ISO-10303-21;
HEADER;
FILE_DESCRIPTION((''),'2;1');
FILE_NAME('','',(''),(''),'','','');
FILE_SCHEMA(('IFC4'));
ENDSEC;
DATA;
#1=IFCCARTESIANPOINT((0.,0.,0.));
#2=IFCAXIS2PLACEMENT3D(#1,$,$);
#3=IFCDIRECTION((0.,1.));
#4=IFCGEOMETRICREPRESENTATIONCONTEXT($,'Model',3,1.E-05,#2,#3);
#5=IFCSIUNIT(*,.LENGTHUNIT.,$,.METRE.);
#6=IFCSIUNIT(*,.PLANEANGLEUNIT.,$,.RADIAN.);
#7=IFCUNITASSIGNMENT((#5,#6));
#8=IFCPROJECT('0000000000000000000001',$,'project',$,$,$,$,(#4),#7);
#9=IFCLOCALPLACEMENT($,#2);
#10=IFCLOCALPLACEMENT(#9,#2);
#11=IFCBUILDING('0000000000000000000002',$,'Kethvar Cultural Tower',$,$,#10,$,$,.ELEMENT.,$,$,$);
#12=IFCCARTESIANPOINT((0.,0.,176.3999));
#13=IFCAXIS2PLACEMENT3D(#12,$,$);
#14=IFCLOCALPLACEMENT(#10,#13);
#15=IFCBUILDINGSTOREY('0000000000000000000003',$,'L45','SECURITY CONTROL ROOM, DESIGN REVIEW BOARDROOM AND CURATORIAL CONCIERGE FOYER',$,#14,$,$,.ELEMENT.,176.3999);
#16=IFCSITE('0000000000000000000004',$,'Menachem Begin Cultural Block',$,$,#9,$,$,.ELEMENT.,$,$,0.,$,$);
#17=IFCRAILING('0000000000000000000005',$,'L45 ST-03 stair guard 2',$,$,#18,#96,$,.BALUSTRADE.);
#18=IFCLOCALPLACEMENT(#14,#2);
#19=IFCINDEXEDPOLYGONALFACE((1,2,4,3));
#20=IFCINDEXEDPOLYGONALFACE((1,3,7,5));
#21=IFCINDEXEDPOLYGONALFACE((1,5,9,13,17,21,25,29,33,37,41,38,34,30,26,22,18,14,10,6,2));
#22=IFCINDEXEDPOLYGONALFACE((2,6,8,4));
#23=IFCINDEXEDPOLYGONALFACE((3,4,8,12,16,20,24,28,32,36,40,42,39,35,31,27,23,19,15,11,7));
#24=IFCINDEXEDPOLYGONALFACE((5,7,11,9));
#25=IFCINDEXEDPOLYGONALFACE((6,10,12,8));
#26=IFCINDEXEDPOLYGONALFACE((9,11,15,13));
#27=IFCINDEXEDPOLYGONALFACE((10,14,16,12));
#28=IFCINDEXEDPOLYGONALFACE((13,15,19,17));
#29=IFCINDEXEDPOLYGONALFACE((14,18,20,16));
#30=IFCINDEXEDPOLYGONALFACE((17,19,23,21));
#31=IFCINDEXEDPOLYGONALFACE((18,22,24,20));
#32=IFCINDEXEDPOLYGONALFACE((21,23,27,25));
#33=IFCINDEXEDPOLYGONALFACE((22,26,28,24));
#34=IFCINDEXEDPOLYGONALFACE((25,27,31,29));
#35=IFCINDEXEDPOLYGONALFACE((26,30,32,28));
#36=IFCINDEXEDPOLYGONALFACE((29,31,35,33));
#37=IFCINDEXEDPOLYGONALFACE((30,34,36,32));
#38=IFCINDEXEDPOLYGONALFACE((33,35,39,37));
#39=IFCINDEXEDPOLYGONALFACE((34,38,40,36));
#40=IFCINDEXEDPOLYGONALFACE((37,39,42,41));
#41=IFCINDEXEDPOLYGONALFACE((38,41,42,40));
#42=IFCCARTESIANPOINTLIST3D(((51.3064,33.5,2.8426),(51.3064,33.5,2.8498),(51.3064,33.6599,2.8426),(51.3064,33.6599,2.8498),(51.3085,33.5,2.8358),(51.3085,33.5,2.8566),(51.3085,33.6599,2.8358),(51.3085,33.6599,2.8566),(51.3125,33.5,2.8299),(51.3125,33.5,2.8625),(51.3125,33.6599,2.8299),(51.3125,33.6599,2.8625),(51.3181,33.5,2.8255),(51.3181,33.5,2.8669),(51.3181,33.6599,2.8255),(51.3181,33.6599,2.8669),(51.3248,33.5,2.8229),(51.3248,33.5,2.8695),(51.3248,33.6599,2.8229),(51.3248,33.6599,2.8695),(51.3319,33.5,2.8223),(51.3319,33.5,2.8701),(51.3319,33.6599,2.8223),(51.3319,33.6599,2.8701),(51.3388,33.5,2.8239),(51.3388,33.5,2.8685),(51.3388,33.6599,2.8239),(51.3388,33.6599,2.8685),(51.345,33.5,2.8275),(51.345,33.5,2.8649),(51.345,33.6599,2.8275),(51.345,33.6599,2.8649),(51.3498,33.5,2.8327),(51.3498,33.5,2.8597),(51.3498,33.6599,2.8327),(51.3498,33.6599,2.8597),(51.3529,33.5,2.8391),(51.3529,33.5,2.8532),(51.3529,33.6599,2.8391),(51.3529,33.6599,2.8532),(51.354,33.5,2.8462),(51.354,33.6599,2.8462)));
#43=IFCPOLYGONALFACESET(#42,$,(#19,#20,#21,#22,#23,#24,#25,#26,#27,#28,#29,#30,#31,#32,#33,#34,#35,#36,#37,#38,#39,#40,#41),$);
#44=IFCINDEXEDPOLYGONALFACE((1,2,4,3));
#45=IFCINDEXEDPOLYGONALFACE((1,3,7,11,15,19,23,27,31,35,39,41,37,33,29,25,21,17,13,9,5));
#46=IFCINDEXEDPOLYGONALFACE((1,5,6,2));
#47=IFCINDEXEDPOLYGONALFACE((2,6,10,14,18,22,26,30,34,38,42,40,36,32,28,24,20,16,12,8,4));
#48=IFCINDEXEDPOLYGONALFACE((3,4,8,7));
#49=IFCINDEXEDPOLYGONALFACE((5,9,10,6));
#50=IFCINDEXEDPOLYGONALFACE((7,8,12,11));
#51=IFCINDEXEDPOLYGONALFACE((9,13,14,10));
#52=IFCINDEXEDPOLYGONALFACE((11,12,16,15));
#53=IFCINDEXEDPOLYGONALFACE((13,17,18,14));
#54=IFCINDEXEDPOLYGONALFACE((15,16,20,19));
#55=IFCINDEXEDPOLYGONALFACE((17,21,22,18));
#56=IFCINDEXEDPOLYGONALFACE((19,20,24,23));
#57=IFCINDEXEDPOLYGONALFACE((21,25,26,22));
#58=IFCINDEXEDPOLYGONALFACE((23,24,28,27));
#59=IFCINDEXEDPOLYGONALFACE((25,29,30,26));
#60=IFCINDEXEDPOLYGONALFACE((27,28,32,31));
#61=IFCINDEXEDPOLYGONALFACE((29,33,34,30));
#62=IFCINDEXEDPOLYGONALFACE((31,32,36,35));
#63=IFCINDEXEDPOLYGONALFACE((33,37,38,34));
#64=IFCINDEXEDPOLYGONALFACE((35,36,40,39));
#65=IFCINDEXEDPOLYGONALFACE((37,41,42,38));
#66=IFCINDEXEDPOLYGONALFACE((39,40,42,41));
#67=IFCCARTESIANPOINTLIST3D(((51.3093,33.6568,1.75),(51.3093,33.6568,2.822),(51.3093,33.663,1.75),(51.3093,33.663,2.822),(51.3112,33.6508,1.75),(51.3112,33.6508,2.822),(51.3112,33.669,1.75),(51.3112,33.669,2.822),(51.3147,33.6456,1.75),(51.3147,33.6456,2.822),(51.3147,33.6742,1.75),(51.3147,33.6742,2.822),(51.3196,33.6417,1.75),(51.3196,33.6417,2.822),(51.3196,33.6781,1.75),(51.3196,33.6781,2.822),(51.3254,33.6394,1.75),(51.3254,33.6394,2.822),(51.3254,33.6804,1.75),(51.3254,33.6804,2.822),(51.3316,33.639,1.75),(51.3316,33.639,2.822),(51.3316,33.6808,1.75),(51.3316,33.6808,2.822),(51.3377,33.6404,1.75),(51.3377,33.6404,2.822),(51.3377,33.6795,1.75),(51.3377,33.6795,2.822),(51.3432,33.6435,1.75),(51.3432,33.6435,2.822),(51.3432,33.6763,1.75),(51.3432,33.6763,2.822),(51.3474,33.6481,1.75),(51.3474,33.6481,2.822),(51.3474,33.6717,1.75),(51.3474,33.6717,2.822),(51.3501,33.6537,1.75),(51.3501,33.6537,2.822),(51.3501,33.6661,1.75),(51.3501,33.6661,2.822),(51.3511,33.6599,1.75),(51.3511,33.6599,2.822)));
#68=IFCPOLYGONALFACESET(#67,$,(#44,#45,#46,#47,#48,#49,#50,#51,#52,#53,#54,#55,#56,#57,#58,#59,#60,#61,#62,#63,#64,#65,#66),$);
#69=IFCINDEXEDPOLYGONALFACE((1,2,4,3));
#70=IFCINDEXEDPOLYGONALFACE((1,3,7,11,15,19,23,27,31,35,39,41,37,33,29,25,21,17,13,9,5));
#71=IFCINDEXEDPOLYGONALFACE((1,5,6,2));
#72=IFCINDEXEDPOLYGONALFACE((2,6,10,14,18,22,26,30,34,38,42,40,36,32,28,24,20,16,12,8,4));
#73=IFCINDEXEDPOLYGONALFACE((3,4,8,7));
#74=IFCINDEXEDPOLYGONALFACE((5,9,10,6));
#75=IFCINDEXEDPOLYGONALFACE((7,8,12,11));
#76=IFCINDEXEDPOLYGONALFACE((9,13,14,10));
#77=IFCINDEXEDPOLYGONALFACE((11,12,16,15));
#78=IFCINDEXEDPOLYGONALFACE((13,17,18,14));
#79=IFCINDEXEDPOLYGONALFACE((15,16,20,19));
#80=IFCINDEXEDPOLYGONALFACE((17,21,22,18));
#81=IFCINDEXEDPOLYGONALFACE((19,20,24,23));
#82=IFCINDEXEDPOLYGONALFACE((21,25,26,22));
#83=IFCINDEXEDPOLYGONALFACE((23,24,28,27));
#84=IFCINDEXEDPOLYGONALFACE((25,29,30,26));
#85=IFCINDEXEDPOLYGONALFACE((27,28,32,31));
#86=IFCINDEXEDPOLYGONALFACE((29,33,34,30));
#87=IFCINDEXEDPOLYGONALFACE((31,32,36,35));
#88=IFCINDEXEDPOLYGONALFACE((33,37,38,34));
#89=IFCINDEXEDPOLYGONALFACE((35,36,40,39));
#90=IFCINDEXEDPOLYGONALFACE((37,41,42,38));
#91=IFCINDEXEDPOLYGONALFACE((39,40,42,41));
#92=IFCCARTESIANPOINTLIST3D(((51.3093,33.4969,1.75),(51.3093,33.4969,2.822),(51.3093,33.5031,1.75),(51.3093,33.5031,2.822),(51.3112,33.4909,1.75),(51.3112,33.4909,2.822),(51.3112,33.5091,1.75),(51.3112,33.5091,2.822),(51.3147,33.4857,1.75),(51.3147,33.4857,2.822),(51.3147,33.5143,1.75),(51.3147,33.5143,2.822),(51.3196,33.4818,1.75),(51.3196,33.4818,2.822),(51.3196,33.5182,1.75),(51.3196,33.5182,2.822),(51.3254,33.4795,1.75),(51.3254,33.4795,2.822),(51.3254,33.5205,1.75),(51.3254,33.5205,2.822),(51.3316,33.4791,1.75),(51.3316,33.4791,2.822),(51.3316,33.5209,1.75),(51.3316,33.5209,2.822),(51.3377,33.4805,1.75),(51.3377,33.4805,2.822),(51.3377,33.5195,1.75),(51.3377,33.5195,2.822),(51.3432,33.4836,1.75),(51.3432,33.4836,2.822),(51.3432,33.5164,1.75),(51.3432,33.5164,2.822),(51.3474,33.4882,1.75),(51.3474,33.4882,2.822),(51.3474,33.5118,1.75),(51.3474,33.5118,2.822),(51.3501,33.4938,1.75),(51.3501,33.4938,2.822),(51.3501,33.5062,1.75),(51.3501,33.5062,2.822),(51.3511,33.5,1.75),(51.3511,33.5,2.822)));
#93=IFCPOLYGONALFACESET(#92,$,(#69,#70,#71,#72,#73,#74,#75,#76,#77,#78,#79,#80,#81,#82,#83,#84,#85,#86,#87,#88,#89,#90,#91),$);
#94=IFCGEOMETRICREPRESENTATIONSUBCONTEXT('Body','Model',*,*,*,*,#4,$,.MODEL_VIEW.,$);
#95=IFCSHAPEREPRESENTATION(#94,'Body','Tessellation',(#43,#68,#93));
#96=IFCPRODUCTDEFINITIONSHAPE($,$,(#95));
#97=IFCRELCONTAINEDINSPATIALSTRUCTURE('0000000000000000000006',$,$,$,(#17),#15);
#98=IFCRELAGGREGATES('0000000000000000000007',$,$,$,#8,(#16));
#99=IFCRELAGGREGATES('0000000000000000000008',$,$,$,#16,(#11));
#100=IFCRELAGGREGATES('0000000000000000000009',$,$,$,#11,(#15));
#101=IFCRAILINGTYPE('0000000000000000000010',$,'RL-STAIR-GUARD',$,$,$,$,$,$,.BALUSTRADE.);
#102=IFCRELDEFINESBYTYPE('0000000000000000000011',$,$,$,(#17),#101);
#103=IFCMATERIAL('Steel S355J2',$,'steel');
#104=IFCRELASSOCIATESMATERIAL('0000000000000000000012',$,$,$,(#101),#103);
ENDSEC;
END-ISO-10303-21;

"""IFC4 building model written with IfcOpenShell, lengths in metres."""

from ifc_helpers import new_model, si_unit, direction, frame, origin, origin_2d, place, context, subcontext, project, spatial, circle, extrude, material, type_object, element, save


model = new_model("IFC4")

# Units and contexts
model_context = context("Model", 3, precision=1e-05, world=origin(), true_north=direction((0.0, 1.0)))
body_context = subcontext(model_context, "Body", "Model", "MODEL_VIEW")
ifc_project = project(units=[si_unit("LENGTHUNIT", "METRE"), si_unit("PLANEANGLEUNIT", "RADIAN")], contexts=[model_context])

# Site, building, storey
site_placement = place(None, origin())
site = spatial("IfcSite", under=ifc_project, at=site_placement, Name="Menachem Begin Cultural Block", CompositionType="ELEMENT", RefElevation=0.0)
building_placement = place(site_placement, origin())
building = spatial("IfcBuilding", under=site, at=building_placement, Name="Kethvar Cultural Tower", CompositionType="ELEMENT")
storey_placement = place(building_placement, frame((0.0, 0.0, 176.3999)))
storey = spatial("IfcBuildingStorey", under=building, at=storey_placement, Name="L45", Description="SECURITY CONTROL ROOM, DESIGN REVIEW BOARDROOM AND CURATORIAL CONCIERGE FOYER", CompositionType="ELEMENT", Elevation=176.3999)

# Shared definitions
ifc_material_1 = material(Name="Steel S355J2", Category="steel")

# Railing
railing_type_1 = type_object("IfcRailingType", Name="RL-STAIR-GUARD", PredefinedType="BALUSTRADE", material=ifc_material_1)
railing_1_placement = place(storey_placement, frame((51.3301, 33.6599, 1.75)))
element("IfcRailing", 1, at=railing_1_placement, inside=storey, type_object=railing_type_1, Name="L45 ST-03 stair guard 2", PredefinedType="BALUSTRADE", context=body_context, shape_type="SweptSolid", body=[
    extrude(circle(Radius=0.0239, at=origin_2d()), frame((0.0, 0.0, 1.0962), z_axis=(0.0, -1.0, 0.0), x_axis=(1.0, 0.0, 0.0)), (0.0, 0.0, 1.0), 0.1599),
    extrude(circle(Radius=0.021, at=origin_2d()), origin(), (0.0, 0.0, 1.0), 1.072),
    extrude(circle(Radius=0.021, at=origin_2d()), frame((0.0, -0.1599, 0.0)), (0.0, 0.0, 1.0), 1.072),
])

save(model, "model.ifc")
